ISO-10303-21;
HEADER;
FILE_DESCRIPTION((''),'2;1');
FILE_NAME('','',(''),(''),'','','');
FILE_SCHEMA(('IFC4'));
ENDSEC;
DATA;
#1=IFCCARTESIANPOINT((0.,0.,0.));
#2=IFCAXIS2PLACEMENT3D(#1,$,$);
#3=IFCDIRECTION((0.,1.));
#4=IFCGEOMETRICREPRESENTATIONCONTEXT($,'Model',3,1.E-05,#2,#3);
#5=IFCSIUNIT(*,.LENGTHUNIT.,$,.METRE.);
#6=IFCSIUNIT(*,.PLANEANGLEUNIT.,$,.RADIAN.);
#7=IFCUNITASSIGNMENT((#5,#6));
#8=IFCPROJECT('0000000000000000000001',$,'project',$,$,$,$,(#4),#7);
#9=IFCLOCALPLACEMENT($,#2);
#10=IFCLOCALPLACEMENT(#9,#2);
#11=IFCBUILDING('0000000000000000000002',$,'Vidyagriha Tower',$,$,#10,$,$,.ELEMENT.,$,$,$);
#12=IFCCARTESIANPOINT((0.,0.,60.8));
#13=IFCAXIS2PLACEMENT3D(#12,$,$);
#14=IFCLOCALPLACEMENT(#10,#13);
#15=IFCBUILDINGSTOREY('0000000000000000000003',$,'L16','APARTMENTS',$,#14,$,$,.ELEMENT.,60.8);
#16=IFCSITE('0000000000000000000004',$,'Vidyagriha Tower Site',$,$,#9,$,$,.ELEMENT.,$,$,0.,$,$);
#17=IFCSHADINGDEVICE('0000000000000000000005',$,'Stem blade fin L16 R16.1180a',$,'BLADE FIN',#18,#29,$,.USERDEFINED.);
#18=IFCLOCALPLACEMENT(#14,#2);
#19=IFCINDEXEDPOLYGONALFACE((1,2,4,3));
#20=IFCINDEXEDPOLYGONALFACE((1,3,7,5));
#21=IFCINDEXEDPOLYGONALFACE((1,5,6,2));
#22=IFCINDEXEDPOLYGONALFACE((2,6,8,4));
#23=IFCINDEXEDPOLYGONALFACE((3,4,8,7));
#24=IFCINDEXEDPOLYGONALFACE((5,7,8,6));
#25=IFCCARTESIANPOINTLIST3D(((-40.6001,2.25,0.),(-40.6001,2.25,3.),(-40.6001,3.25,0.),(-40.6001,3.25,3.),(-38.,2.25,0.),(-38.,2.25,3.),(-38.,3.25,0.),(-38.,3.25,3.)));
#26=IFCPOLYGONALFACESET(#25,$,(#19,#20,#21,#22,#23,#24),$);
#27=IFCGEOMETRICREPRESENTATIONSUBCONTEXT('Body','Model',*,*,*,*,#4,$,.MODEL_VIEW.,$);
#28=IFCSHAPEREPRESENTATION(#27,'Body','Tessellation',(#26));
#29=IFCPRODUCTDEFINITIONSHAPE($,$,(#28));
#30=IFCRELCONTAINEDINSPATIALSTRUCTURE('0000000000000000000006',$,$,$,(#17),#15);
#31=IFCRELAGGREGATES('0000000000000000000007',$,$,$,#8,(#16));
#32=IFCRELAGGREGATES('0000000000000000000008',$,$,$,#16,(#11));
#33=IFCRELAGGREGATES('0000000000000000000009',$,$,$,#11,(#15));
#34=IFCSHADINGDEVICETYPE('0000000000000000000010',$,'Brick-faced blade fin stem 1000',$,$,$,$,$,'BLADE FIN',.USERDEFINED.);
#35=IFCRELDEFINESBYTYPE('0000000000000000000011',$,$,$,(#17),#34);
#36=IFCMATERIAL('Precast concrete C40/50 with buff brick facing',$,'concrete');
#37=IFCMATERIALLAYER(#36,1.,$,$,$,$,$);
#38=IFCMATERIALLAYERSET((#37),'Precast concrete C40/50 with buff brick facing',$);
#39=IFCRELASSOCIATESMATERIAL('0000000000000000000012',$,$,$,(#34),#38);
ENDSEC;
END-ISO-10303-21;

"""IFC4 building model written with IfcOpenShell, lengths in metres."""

from ifc_helpers import new_model, si_unit, direction, frame, origin, place, context, subcontext, project, spatial, polyline, outline, extrude, material, layer, layer_set, type_object, element, save


model = new_model("IFC4")

# Units and contexts
model_context = context("Model", 3, precision=1e-05, world=origin(), true_north=direction((0.0, 1.0)))
body_context = subcontext(model_context, "Body", "Model", "MODEL_VIEW")
ifc_project = project(units=[si_unit("LENGTHUNIT", "METRE"), si_unit("PLANEANGLEUNIT", "RADIAN")], contexts=[model_context])

# Site, building, storey
site_placement = place(None, origin())
site = spatial("IfcSite", under=ifc_project, at=site_placement, Name="Vidyagriha Tower Site", CompositionType="ELEMENT", RefElevation=0.0)
building_placement = place(site_placement, origin())
building = spatial("IfcBuilding", under=site, at=building_placement, Name="Vidyagriha Tower", CompositionType="ELEMENT")
storey_placement = place(building_placement, frame((0.0, 0.0, 60.8)))
storey = spatial("IfcBuildingStorey", under=building, at=storey_placement, Name="L16", Description="APARTMENTS", CompositionType="ELEMENT", Elevation=60.8)

# Shading device
ifc_material_1 = material(Name="Precast concrete C40/50 with buff brick facing", Category="concrete")
ifc_layer_1 = layer(ifc_material_1, 1.0)
ifc_layer_set_1 = layer_set([ifc_layer_1], Name="Precast concrete C40/50 with buff brick facing")
shading_device_type_1 = type_object("IfcShadingDeviceType", Name="Brick-faced blade fin stem 1000", ElementType="BLADE FIN", PredefinedType="USERDEFINED", material=ifc_layer_set_1)
shading_device_1_placement = place(storey_placement, frame((-39.3, 3.25, 0.0), z_axis=(0.0, 0.0, 1.0), x_axis=(0.0, -1.0, 0.0)))
element("IfcShadingDevice", 1, at=shading_device_1_placement, inside=storey, type_object=shading_device_type_1, Name="Stem blade fin L16 R16.1180a", ObjectType="BLADE FIN", PredefinedType="USERDEFINED", context=body_context, shape_type="SweptSolid", body=[
    extrude(outline(polyline([(0.0, 0.0), (1.0, 0.0), (1.0, 3.0), (0.0, 3.0), (0.0, 0.0)])), frame((0.0, 1.3, 0.0), z_axis=(0.0, -1.0, 0.0), x_axis=(1.0, 0.0, 0.0)), (0.0, 0.0, 1.0), 2.6001),
])

save(model, "model.ifc")
